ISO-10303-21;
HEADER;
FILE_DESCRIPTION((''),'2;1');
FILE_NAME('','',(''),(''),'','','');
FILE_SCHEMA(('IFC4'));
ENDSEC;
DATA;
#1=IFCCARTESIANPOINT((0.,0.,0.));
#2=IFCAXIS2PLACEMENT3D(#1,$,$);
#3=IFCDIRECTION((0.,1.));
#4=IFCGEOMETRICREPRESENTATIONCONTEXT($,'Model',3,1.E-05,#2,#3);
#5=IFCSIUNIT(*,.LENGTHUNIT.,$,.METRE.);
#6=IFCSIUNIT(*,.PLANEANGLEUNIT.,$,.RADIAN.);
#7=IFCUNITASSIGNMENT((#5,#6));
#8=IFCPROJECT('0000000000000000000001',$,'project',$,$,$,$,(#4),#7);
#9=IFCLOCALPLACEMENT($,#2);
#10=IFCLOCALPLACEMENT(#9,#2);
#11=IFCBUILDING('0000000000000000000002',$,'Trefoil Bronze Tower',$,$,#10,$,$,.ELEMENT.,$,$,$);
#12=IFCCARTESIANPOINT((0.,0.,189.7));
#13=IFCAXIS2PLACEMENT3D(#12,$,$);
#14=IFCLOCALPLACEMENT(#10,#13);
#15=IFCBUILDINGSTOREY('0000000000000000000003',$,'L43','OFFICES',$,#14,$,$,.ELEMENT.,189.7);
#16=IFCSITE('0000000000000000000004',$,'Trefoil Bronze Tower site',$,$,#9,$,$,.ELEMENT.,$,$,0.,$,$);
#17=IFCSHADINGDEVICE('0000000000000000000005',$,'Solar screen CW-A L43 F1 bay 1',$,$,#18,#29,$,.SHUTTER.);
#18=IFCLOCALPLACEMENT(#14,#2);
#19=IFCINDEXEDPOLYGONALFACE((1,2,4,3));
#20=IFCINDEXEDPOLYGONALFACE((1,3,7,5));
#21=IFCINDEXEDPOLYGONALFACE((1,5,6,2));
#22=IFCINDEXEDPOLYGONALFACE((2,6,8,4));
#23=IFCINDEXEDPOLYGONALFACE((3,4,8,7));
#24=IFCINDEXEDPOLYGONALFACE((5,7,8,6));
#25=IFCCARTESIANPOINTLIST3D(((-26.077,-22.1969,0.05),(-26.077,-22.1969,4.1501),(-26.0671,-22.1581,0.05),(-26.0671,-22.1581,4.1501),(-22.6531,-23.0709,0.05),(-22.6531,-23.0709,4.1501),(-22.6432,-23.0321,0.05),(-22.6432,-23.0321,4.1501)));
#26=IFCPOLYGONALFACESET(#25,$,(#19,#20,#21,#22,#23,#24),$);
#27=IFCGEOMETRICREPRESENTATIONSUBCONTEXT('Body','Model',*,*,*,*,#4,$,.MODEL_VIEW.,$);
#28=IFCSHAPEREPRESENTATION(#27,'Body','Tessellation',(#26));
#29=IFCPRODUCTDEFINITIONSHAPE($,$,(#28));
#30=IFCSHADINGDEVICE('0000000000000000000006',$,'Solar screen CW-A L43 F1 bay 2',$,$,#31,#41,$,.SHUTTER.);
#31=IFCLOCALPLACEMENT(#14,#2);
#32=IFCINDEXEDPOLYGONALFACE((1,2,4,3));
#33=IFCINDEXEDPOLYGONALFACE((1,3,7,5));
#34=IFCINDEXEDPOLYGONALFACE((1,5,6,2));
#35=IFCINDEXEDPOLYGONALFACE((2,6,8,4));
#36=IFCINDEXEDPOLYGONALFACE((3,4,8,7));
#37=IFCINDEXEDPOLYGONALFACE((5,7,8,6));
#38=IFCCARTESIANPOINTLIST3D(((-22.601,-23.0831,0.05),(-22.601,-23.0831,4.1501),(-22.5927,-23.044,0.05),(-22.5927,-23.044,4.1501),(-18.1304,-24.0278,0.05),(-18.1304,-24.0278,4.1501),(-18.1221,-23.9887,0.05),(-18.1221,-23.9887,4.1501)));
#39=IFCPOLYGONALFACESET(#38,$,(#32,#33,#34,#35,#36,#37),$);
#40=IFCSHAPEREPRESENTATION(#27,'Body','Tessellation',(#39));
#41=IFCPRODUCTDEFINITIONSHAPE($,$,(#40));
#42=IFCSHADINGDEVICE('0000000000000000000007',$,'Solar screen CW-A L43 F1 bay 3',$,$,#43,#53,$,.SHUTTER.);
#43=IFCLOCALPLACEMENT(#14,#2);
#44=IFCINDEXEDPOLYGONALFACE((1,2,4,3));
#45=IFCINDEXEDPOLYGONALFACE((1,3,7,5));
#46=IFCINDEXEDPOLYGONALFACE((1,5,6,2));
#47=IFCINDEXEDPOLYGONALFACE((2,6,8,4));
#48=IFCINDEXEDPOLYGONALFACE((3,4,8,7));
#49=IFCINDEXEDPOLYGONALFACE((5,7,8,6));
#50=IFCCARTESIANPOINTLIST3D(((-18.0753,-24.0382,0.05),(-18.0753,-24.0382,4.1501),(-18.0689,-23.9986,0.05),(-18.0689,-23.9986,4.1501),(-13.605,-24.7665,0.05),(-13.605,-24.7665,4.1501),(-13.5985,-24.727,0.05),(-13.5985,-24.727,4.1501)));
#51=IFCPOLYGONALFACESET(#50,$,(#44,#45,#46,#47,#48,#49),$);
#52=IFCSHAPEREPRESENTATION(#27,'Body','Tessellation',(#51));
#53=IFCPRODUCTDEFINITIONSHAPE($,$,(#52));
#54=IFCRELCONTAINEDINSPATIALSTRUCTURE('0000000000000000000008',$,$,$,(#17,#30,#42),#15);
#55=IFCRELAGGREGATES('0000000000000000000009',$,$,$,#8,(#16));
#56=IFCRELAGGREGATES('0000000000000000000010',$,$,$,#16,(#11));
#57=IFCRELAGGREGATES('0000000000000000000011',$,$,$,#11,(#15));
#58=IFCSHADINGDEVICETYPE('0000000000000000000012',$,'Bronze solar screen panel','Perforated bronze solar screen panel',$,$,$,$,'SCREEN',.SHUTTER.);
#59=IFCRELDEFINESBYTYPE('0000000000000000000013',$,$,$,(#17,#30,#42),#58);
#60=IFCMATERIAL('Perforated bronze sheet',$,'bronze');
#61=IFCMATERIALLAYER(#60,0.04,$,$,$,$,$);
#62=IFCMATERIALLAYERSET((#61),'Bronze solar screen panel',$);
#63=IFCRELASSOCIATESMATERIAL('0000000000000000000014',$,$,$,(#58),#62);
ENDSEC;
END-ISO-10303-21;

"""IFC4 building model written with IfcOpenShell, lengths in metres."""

from ifc_helpers import new_model, si_unit, direction, frame, origin, origin_2d, place, context, subcontext, project, spatial, rectangle, extrude, material, layer, layer_set, type_object, element, save


model = new_model("IFC4")

# Units and contexts
model_context = context("Model", 3, precision=1e-05, world=origin(), true_north=direction((0.0, 1.0)))
body_context = subcontext(model_context, "Body", "Model", "MODEL_VIEW")
ifc_project = project(units=[si_unit("LENGTHUNIT", "METRE"), si_unit("PLANEANGLEUNIT", "RADIAN")], contexts=[model_context])

# Site, building, storey
site_placement = place(None, origin())
site = spatial("IfcSite", under=ifc_project, at=site_placement, Name="Trefoil Bronze Tower site", CompositionType="ELEMENT", RefElevation=0.0)
building_placement = place(site_placement, origin())
building = spatial("IfcBuilding", under=site, at=building_placement, Name="Trefoil Bronze Tower", CompositionType="ELEMENT")
storey_placement = place(building_placement, frame((0.0, 0.0, 189.7)))
storey = spatial("IfcBuildingStorey", under=building, at=storey_placement, Name="L43", Description="OFFICES", CompositionType="ELEMENT", Elevation=189.7)

# Shading devices
ifc_material_1 = material(Name="Perforated bronze sheet", Category="bronze")
ifc_layer_1 = layer(ifc_material_1, 0.04)
ifc_layer_set_1 = layer_set([ifc_layer_1], Name="Bronze solar screen panel")
shading_device_type = type_object("IfcShadingDeviceType", Name="Bronze solar screen panel", Description="Perforated bronze solar screen panel", ElementType="SCREEN", PredefinedType="SHUTTER", material=ifc_layer_set_1)
shading_device_1_placement = place(storey_placement, frame((-24.3601, -22.6145, 0.05), z_axis=(0.0, 0.0, 1.0), x_axis=(0.968934, -0.247319, 0.0)))
element("IfcShadingDevice", 1, at=shading_device_1_placement, inside=storey, type_object=shading_device_type, Name="Solar screen CW-A L43 F1 bay 1", PredefinedType="SHUTTER", context=body_context, shape_type="SweptSolid", body=[
    extrude(rectangle(XDim=3.5337, YDim=0.04, at=origin_2d()), origin(), (0.0, 0.0, 1.0), 4.1001),
])
shading_device_2_placement = place(storey_placement, frame((-20.3616, -23.5359, 0.05), z_axis=(0.0, 0.0, 1.0), x_axis=(0.978394, -0.206747, 0.0)))
element("IfcShadingDevice", 2, at=shading_device_2_placement, inside=storey, type_object=shading_device_type, Name="Solar screen CW-A L43 F1 bay 2", PredefinedType="SHUTTER", context=body_context, shape_type="SweptSolid", body=[
    extrude(rectangle(XDim=4.5693, YDim=0.04, at=origin_2d()), origin(), (0.0, 0.0, 1.0), 4.1001),
])
shading_device_3_placement = place(storey_placement, frame((-15.8369, -24.3826, 0.05), z_axis=(0.0, 0.0, 1.0), x_axis=(0.986987, -0.160803, 0.0)))
element("IfcShadingDevice", 3, at=shading_device_3_placement, inside=storey, type_object=shading_device_type, Name="Solar screen CW-A L43 F1 bay 3", PredefinedType="SHUTTER", context=body_context, shape_type="SweptSolid", body=[
    extrude(rectangle(XDim=4.5293, YDim=0.04, at=origin_2d()), origin(), (0.0, 0.0, 1.0), 4.1001),
])

save(model, "model.ifc")
